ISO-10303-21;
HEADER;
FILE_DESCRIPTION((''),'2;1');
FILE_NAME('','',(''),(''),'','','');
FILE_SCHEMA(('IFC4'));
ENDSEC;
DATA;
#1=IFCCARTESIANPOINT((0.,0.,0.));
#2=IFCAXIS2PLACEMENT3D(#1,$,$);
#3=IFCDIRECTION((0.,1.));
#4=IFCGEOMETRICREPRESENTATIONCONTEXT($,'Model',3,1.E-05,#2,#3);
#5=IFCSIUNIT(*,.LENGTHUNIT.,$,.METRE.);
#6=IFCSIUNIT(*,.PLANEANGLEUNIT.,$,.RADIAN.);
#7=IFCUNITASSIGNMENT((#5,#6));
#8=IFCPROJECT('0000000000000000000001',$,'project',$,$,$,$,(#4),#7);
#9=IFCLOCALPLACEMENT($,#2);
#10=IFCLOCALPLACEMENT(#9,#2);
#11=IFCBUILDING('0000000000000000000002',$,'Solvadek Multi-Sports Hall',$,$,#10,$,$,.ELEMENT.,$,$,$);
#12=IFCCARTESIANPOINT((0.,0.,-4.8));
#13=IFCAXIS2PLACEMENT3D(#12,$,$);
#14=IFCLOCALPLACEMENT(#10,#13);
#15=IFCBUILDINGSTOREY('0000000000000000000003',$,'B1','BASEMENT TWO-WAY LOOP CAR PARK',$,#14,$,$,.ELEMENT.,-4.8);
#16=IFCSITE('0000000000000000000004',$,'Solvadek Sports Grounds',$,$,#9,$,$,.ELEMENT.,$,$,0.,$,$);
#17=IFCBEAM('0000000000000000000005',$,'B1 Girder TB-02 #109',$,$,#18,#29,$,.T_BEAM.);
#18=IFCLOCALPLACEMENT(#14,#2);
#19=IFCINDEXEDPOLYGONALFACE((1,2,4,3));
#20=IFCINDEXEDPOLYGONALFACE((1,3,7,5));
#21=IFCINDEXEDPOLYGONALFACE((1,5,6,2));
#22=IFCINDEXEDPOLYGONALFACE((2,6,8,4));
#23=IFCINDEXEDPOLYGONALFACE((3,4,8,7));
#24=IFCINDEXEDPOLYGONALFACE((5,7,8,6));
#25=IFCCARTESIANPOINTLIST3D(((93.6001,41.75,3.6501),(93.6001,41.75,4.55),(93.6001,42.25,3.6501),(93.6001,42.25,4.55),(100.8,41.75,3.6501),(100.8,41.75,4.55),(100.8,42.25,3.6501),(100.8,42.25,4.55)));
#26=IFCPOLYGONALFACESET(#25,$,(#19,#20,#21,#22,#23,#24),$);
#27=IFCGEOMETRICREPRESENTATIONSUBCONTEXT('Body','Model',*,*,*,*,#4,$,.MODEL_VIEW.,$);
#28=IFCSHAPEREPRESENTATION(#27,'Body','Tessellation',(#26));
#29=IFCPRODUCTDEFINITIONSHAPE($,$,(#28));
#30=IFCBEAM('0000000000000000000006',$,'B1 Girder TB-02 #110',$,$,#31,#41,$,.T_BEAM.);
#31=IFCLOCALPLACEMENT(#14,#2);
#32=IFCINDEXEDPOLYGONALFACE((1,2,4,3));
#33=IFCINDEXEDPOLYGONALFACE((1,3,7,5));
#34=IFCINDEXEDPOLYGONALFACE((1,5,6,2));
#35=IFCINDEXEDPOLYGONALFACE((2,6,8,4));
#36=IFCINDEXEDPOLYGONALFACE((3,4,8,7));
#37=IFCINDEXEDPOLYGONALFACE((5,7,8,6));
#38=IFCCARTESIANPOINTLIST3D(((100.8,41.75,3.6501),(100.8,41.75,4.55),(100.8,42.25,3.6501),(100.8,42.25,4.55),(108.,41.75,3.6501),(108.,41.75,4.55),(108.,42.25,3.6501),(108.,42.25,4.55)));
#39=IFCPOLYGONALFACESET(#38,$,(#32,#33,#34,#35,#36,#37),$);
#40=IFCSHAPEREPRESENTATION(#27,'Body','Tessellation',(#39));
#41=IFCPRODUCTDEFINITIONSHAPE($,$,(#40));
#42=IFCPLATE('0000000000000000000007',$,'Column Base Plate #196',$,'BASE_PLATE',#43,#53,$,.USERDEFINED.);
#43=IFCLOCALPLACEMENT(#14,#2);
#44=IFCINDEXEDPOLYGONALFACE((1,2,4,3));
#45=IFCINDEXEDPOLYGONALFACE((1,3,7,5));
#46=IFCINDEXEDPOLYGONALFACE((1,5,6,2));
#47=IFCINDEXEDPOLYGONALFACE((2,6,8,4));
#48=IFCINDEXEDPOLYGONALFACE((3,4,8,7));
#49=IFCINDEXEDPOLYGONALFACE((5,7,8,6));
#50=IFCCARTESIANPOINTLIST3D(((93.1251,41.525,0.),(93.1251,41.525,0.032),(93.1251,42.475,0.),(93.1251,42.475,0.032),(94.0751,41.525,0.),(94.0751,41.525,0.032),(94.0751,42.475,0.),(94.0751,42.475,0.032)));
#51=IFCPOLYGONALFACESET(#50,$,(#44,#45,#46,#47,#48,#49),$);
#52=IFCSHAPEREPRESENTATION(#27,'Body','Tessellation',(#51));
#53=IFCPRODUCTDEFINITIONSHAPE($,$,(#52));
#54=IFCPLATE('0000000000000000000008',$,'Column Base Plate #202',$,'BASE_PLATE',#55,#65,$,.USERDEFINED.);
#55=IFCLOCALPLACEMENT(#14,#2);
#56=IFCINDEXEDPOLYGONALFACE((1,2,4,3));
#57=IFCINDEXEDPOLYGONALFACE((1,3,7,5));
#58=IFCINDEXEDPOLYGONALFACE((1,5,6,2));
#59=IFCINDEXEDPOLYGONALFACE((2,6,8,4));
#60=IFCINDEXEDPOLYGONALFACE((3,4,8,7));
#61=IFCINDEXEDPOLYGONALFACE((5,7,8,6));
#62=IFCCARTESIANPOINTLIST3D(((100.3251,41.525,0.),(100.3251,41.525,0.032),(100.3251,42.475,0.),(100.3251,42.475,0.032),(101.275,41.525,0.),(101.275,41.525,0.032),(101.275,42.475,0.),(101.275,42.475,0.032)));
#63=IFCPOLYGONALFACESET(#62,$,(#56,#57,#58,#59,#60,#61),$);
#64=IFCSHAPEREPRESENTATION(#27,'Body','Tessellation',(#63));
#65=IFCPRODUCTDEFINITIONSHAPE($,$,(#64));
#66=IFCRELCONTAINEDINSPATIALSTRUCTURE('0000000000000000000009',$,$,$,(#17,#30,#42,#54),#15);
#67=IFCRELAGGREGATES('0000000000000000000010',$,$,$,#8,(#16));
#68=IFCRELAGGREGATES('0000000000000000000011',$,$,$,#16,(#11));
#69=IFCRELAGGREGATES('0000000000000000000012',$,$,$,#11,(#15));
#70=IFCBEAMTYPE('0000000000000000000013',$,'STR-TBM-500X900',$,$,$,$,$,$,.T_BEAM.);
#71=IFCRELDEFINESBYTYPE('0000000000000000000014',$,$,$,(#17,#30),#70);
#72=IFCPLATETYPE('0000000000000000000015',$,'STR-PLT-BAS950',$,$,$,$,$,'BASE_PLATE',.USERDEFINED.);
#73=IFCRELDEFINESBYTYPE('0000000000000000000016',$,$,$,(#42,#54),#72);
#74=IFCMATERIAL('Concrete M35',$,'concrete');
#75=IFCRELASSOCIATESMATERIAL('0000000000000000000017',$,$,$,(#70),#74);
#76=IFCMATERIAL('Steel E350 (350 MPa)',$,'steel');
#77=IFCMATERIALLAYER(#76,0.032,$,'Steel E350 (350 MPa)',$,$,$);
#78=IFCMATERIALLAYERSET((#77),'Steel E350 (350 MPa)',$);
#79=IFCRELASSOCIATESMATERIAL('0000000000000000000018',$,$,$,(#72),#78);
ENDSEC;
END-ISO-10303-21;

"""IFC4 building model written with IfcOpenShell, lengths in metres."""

from ifc_helpers import new_model, si_unit, direction, frame, origin, origin_2d, place, context, subcontext, project, spatial, rectangle, extrude, material, layer, layer_set, material_profile, profile_set, type_object, element, save


model = new_model("IFC4")

# Units and contexts
model_context = context("Model", 3, precision=1e-05, world=origin(), true_north=direction((0.0, 1.0)))
body_context = subcontext(model_context, "Body", "Model", "MODEL_VIEW")
ifc_project = project(units=[si_unit("LENGTHUNIT", "METRE"), si_unit("PLANEANGLEUNIT", "RADIAN")], contexts=[model_context])

# Site, building, storey
site_placement = place(None, origin())
site = spatial("IfcSite", under=ifc_project, at=site_placement, Name="Solvadek Sports Grounds", CompositionType="ELEMENT", RefElevation=0.0)
building_placement = place(site_placement, origin())
building = spatial("IfcBuilding", under=site, at=building_placement, Name="Solvadek Multi-Sports Hall", CompositionType="ELEMENT")
storey_placement = place(building_placement, frame((0.0, 0.0, -4.8)))
storey = spatial("IfcBuildingStorey", under=building, at=storey_placement, Name="B1", Description="BASEMENT TWO-WAY LOOP CAR PARK", CompositionType="ELEMENT", Elevation=-4.8)

# Shared definitions
ifc_material_1 = material(Name="Concrete M35", Category="concrete")

# Shared definitions
ifc_material_2 = material(Name="Steel E350 (350 MPa)", Category="steel")

# Beams
ifc_material_profile_1 = material_profile(ifc_material_1, rectangle(XDim=0.5, YDim=0.8999, at=origin_2d()), Name="RC T-BEAM 500x900")
ifc_profile_set_1 = profile_set([ifc_material_profile_1], Name="Concrete M35")
beam_type_1 = type_object("IfcBeamType", Name="STR-TBM-500X900", PredefinedType="T_BEAM", material=ifc_profile_set_1)
for number, where, z_axis, x_axis, name in (
    (1, (93.6001, 42.0, 4.1001), (1.0, 0.0, 0.0), (0.0, 1.0, 0.0), "B1 Girder TB-02 #109"),
    (2, (100.8, 42.0, 4.1001), (1.0, 0.0, 0.0), (0.0, 1.0, 0.0), "B1 Girder TB-02 #110"),
):
    element("IfcBeam", number, at=place(storey_placement, frame(where, z_axis=z_axis, x_axis=x_axis)), inside=storey, type_object=beam_type_1, Name=name, PredefinedType="T_BEAM", context=body_context, shape_type="SweptSolid", body=[
        extrude(rectangle(XDim=0.5, YDim=0.8999, at=origin_2d()), origin(), (0.0, 0.0, 1.0), 7.2),
    ])

# Plates
ifc_layer = layer(ifc_material_2, 0.032, Name="Steel E350 (350 MPa)")
ifc_layer_set = layer_set([ifc_layer], Name="Steel E350 (350 MPa)")
plate_type = type_object("IfcPlateType", Name="STR-PLT-BAS950", ElementType="BASE_PLATE", PredefinedType="USERDEFINED", material=ifc_layer_set)
for number, where, z_axis, x_axis, name in (
    (3, (93.6001, 42.0, 0.0), (0.0, 0.0, 1.0), (1.0, 0.0, 0.0), "Column Base Plate #196"),
    (4, (100.8, 42.0, 0.0), (0.0, 0.0, 1.0), (1.0, 0.0, 0.0), "Column Base Plate #202"),
):
    element("IfcPlate", number, at=place(storey_placement, frame(where, z_axis=z_axis, x_axis=x_axis)), inside=storey, type_object=plate_type, Name=name, ObjectType="BASE_PLATE", PredefinedType="USERDEFINED", context=body_context, shape_type="SweptSolid", body=[
        extrude(rectangle(XDim=0.95, YDim=0.95, at=origin_2d()), origin(), (0.0, 0.0, 1.0), 0.032),
    ])

save(model, "model.ifc")
